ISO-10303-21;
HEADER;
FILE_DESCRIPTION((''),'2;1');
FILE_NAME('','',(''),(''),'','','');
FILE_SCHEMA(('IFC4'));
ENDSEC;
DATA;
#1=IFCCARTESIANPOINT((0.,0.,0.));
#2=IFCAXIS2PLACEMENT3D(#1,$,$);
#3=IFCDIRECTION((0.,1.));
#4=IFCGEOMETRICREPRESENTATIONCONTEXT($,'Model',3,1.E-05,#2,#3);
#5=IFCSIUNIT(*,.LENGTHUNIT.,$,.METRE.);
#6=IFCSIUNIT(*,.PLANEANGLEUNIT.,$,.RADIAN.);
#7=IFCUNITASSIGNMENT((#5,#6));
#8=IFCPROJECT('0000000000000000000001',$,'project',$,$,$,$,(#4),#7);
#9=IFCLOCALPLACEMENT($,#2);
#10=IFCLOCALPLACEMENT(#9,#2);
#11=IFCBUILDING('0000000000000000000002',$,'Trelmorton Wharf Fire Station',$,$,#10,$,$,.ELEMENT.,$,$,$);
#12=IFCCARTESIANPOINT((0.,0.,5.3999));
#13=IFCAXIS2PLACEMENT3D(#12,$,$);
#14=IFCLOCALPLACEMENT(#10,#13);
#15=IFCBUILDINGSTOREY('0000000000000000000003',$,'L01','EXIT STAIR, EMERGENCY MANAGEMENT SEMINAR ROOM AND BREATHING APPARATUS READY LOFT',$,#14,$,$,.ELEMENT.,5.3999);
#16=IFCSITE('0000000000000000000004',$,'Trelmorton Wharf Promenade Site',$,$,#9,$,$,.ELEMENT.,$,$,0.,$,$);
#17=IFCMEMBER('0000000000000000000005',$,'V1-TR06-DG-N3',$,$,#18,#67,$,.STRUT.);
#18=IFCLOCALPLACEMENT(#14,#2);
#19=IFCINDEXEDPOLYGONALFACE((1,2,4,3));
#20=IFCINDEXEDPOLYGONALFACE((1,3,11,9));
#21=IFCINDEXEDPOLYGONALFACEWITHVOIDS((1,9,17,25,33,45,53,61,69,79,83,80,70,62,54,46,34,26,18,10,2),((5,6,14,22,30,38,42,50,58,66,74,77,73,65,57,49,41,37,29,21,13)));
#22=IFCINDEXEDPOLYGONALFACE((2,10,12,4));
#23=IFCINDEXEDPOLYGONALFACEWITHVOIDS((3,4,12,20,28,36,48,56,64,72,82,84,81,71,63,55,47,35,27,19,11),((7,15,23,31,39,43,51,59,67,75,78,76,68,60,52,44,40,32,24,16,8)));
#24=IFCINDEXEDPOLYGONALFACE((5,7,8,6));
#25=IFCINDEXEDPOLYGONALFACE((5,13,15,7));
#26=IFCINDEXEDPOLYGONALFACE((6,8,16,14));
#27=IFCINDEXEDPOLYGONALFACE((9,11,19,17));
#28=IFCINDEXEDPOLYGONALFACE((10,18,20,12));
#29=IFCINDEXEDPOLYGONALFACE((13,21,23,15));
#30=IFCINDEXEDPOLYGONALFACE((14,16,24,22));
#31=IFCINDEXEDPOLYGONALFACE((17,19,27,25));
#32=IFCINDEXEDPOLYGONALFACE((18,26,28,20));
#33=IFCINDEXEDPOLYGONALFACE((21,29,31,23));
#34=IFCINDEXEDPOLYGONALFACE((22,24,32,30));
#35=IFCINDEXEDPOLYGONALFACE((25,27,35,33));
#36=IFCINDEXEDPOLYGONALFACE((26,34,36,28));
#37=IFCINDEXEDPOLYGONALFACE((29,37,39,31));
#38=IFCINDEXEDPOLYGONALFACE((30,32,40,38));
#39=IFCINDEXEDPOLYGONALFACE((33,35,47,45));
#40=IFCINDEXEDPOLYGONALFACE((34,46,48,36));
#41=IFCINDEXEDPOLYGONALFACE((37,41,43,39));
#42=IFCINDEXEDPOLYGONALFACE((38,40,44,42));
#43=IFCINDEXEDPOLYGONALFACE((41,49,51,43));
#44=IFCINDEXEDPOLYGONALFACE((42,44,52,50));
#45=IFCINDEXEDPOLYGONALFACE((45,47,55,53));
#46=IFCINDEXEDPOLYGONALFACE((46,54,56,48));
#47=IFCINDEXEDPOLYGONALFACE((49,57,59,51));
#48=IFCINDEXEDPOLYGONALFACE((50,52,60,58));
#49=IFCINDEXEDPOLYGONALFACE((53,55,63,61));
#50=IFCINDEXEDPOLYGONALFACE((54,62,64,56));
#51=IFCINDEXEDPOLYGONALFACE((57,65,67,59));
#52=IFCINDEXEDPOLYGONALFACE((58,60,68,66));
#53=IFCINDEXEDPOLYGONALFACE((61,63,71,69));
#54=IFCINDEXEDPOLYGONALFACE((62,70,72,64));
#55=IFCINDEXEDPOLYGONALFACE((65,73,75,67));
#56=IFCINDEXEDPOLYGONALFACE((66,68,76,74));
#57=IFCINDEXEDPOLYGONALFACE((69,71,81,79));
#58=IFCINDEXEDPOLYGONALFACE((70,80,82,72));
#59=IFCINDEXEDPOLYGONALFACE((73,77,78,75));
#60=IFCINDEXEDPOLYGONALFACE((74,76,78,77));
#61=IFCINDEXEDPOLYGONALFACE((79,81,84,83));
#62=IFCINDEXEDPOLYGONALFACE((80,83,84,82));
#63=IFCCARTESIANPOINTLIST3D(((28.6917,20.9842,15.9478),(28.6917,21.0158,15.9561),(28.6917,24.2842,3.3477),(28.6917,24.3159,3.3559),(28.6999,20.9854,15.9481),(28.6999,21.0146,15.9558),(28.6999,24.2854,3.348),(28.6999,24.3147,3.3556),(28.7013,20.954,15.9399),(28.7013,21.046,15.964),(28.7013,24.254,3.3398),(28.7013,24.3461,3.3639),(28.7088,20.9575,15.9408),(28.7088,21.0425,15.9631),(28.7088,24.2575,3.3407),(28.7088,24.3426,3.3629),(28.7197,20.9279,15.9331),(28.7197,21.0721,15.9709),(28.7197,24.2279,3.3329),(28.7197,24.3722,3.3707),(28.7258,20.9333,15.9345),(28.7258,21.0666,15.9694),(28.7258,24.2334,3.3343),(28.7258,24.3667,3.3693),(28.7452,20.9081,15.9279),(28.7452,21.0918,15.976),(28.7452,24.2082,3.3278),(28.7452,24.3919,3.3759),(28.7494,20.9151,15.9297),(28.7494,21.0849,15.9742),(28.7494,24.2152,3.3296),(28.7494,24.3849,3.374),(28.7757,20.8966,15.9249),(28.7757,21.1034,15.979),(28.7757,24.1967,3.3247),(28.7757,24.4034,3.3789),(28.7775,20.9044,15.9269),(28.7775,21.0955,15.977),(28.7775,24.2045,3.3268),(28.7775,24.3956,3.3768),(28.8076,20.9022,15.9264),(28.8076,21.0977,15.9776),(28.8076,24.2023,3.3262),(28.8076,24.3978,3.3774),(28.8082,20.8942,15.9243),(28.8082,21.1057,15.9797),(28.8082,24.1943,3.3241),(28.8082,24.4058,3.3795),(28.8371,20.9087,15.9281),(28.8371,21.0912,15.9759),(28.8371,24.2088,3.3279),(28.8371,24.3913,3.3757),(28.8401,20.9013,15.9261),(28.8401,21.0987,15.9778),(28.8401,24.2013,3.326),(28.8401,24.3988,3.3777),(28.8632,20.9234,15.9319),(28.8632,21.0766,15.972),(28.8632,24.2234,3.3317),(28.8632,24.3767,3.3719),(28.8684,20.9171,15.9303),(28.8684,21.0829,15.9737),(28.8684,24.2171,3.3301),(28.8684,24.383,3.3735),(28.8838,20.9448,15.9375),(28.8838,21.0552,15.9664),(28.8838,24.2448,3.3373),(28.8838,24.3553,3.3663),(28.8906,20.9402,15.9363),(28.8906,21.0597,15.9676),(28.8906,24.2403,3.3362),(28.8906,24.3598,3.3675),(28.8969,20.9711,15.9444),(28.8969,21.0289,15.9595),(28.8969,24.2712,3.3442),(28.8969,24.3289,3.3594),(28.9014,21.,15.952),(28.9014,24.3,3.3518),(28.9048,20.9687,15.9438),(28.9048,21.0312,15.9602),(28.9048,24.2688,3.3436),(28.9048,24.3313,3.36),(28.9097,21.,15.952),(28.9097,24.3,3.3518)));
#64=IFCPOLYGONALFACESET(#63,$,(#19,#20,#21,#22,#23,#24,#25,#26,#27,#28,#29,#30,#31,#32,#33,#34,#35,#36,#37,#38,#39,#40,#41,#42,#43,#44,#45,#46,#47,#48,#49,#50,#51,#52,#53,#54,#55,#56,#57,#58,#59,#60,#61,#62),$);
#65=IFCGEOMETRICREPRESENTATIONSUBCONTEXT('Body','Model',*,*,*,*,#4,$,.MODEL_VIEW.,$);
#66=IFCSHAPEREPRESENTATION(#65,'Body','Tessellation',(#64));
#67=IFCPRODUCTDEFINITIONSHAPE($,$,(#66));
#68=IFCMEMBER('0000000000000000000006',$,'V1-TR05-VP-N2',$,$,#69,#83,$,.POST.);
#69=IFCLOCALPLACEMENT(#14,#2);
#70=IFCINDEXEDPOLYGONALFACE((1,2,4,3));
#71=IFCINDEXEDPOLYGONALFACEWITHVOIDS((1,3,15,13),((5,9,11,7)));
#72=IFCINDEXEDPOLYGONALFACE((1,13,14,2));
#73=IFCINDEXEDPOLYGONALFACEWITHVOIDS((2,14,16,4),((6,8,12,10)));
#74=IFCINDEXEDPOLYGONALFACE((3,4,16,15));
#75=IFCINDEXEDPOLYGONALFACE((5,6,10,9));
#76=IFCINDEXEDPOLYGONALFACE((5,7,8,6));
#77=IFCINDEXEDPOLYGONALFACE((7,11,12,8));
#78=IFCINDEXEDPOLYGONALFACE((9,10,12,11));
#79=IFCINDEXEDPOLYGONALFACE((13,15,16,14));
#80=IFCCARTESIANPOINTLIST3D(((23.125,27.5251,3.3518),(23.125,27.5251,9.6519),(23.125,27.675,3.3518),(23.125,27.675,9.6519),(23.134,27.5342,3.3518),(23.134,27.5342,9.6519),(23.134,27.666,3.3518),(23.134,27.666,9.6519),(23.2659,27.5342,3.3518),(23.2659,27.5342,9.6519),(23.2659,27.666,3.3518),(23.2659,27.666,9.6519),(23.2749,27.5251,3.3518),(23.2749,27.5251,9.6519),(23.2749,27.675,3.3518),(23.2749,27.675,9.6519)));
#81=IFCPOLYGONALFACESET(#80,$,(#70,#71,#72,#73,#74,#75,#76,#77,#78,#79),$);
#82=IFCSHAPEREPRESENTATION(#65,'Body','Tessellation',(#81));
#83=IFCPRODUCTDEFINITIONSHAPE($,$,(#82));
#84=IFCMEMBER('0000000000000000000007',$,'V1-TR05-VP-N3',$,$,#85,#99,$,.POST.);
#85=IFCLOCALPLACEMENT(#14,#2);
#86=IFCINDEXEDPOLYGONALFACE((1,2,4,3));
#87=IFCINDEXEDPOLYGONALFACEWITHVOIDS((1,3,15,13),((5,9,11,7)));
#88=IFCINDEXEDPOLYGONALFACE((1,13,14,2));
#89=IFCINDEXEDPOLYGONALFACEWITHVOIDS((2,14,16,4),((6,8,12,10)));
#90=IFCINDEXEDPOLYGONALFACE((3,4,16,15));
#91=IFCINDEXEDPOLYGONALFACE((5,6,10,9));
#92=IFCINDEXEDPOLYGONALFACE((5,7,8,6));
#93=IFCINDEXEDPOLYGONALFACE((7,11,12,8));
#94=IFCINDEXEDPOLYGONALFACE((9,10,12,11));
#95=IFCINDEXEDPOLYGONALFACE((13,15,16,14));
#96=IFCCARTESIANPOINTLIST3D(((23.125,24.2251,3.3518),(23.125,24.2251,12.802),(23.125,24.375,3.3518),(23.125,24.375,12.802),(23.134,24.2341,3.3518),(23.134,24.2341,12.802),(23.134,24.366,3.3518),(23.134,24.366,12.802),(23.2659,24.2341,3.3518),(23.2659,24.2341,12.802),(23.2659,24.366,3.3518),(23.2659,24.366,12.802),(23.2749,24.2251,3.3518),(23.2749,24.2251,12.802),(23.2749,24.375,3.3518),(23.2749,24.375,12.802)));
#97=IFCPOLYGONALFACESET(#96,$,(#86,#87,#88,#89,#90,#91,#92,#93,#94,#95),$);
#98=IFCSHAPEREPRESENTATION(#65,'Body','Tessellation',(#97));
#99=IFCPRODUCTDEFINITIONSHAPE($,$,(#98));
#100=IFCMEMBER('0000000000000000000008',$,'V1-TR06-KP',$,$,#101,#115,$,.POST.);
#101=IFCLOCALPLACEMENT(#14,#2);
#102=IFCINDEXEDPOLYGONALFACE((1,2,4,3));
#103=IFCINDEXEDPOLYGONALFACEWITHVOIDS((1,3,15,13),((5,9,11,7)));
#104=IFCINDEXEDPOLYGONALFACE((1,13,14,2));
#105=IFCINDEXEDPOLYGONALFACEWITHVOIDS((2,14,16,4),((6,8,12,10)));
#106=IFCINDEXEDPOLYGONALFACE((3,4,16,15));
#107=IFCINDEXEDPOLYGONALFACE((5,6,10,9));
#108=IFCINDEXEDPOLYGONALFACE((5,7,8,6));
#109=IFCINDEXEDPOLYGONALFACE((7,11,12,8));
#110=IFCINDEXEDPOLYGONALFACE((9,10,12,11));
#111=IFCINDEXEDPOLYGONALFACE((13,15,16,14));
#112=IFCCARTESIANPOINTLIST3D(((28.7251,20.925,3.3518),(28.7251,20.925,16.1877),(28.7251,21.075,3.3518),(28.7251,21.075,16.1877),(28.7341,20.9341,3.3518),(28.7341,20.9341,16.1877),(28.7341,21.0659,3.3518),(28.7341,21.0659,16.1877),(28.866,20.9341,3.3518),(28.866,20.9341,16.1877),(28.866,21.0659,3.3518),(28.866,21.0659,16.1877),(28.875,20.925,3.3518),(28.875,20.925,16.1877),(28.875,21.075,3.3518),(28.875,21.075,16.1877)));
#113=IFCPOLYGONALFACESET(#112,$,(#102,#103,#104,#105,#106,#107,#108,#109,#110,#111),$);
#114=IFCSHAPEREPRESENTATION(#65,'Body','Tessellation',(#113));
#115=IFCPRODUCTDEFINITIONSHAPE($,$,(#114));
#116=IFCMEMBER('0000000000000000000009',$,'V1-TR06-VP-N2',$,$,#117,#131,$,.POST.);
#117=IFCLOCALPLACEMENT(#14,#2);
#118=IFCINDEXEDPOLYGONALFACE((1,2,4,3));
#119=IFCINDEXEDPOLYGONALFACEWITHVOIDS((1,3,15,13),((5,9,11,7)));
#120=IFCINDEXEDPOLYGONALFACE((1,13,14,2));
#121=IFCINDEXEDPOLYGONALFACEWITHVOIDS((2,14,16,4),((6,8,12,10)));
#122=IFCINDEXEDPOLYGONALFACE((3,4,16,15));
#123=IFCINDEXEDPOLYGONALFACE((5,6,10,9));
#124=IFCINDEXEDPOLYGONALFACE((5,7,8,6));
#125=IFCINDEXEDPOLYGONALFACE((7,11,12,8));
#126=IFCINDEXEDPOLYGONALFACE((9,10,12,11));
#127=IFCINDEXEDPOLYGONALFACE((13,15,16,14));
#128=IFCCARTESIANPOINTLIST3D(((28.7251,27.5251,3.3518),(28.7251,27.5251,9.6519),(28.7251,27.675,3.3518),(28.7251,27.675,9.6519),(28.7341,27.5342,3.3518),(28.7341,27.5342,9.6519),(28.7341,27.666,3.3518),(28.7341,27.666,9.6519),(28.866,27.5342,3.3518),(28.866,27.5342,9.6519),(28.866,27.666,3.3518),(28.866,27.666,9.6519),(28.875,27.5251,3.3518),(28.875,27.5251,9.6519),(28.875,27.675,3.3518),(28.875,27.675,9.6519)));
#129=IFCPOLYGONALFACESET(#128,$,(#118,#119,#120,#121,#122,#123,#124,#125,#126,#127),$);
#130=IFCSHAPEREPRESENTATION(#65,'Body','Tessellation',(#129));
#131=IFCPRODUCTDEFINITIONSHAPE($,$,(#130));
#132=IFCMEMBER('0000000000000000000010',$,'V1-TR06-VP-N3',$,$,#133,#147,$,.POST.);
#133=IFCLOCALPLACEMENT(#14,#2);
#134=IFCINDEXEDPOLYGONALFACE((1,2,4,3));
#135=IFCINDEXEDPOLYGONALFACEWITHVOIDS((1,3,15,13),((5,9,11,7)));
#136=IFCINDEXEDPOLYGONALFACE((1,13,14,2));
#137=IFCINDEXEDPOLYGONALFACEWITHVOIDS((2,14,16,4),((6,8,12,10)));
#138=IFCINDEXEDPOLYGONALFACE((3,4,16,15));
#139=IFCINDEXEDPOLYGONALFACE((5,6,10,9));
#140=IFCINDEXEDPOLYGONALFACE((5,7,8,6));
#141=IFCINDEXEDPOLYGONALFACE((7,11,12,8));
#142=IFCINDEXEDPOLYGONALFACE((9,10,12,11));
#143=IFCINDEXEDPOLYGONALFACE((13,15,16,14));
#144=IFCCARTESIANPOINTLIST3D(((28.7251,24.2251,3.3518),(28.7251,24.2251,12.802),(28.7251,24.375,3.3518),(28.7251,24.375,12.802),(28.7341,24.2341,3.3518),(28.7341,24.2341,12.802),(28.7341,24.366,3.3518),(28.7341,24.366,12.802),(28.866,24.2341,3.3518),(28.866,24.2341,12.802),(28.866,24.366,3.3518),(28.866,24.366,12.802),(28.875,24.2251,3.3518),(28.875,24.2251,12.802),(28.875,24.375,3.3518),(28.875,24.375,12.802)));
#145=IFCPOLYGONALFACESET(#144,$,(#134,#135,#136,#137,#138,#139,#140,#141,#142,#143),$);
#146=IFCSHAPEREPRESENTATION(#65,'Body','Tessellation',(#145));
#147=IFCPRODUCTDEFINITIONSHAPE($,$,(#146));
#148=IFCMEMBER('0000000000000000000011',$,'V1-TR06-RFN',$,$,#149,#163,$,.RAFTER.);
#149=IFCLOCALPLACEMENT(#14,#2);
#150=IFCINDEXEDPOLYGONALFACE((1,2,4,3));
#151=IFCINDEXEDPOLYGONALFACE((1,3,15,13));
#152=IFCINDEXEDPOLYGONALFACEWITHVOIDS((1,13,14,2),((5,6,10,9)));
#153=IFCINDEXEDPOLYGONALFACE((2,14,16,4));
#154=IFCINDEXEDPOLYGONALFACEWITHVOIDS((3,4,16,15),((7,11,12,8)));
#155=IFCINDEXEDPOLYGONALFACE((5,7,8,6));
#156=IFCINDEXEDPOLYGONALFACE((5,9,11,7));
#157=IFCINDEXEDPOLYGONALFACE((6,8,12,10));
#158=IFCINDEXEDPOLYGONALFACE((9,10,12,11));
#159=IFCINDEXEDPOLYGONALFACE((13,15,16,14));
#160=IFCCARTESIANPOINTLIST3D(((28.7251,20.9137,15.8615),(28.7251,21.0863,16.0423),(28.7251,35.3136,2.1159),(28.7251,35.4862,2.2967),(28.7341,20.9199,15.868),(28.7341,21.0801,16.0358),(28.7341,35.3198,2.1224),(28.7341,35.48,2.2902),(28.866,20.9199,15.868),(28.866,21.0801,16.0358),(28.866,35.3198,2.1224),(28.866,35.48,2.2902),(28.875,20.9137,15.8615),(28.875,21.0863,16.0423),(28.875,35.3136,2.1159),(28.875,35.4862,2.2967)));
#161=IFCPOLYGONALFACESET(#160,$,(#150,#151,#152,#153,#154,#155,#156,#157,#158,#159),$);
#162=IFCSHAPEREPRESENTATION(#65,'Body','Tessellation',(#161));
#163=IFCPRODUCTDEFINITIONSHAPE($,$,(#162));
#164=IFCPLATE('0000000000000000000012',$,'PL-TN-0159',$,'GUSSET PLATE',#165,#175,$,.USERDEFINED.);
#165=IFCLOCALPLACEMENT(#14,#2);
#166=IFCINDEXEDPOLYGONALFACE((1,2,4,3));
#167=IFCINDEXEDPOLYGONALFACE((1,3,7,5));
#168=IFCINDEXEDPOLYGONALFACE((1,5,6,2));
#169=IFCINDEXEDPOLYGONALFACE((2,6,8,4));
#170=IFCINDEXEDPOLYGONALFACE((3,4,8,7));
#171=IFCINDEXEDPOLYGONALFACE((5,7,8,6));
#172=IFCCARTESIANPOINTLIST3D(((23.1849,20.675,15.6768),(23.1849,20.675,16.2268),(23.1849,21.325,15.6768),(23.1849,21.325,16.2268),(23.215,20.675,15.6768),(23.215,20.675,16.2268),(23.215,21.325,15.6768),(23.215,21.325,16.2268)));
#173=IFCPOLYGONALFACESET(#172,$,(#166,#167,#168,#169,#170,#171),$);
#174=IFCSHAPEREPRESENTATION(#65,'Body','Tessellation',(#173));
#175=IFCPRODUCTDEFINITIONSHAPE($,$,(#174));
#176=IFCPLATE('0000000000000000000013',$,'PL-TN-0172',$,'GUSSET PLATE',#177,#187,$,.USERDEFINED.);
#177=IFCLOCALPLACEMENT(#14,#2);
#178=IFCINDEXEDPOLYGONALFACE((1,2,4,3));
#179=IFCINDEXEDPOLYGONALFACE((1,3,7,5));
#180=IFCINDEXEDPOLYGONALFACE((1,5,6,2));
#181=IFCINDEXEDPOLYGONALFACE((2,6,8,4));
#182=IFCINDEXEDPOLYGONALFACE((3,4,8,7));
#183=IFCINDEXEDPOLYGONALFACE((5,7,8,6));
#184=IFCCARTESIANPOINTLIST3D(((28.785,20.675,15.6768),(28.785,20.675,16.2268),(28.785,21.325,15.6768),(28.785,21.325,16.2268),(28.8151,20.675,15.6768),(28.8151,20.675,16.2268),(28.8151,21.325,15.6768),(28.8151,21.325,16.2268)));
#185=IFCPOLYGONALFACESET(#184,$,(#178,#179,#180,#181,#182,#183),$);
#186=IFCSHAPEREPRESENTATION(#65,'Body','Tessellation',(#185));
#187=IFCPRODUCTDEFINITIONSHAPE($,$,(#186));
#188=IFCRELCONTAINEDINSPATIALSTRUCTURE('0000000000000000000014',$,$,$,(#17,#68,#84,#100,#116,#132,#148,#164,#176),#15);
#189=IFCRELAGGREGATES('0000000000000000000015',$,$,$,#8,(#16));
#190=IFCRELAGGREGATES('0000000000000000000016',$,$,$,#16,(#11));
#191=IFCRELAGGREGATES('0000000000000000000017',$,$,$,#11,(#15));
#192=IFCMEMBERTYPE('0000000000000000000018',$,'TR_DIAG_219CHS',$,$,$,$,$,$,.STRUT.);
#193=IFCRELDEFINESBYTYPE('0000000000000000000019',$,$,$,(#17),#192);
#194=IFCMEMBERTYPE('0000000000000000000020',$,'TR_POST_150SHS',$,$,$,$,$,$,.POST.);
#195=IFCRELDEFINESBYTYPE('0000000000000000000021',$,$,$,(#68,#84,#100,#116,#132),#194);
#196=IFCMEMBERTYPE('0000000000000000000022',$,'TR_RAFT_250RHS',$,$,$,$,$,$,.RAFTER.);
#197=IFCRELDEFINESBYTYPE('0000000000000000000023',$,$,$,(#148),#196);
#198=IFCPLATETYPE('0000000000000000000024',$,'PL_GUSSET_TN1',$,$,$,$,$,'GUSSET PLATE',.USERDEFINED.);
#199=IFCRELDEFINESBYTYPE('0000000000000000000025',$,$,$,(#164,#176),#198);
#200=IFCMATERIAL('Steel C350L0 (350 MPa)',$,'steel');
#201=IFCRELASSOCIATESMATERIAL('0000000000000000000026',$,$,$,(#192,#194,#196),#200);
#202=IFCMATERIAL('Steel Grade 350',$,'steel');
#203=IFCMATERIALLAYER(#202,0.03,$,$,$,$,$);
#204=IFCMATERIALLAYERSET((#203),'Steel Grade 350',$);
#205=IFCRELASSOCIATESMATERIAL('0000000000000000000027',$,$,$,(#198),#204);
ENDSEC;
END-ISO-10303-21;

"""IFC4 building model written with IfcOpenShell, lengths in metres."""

from ifc_helpers import new_model, si_unit, direction, frame, origin, origin_2d, place, context, subcontext, project, spatial, rectangle, hollow_rectangle, hollow_circle, extrude, material, layer, layer_set, material_profile, profile_set, type_object, element, save


model = new_model("IFC4")

# Units and contexts
model_context = context("Model", 3, precision=1e-05, world=origin(), true_north=direction((0.0, 1.0)))
body_context = subcontext(model_context, "Body", "Model", "MODEL_VIEW")
ifc_project = project(units=[si_unit("LENGTHUNIT", "METRE"), si_unit("PLANEANGLEUNIT", "RADIAN")], contexts=[model_context])

# Site, building, storey
site_placement = place(None, origin())
site = spatial("IfcSite", under=ifc_project, at=site_placement, Name="Trelmorton Wharf Promenade Site", CompositionType="ELEMENT", RefElevation=0.0)
building_placement = place(site_placement, origin())
building = spatial("IfcBuilding", under=site, at=building_placement, Name="Trelmorton Wharf Fire Station", CompositionType="ELEMENT")
storey_placement = place(building_placement, frame((0.0, 0.0, 5.3999)))
storey = spatial("IfcBuildingStorey", under=building, at=storey_placement, Name="L01", Description="EXIT STAIR, EMERGENCY MANAGEMENT SEMINAR ROOM AND BREATHING APPARATUS READY LOFT", CompositionType="ELEMENT", Elevation=5.3999)

# Shared definitions
ifc_material_1 = material(Name="Steel Grade 350", Category="steel")

# Members
ifc_material_2 = material(Name="Steel C350L0 (350 MPa)", Category="steel")
ifc_material_profile_1 = material_profile(ifc_material_2, hollow_circle(Radius=0.1096, WallThickness=0.0083, at=origin_2d()), Name="219.1x8.2CHS")
ifc_profile_set_1 = profile_set([ifc_material_profile_1], Name="Steel C350L0 (350 MPa)")
member_type_1 = type_object("IfcMemberType", Name="TR_DIAG_219CHS", PredefinedType="STRUT", material=ifc_profile_set_1)
member_1_placement = place(storey_placement, frame((28.8, 24.3, 3.3518), z_axis=(0.0, -0.253361, 0.967372), x_axis=(1.0, 0.0, 0.0)))
element("IfcMember", 1, at=member_1_placement, inside=storey, type_object=member_type_1, Name="V1-TR06-DG-N3", PredefinedType="STRUT", context=body_context, shape_type="SweptSolid", body=[
    extrude(hollow_circle(Radius=0.1096, WallThickness=0.0083, at=origin_2d()), origin(), (0.0, 0.0, 1.0), 13.0251),
])
ifc_material_profile_2 = material_profile(ifc_material_2, hollow_rectangle(XDim=0.1499, YDim=0.1499, WallThickness=0.009, at=origin_2d()), Name="150x150x9.0SHS")
ifc_profile_set_2 = profile_set([ifc_material_profile_2], Name="Steel C350L0 (350 MPa)")
member_type_2 = type_object("IfcMemberType", Name="TR_POST_150SHS", PredefinedType="POST", material=ifc_profile_set_2)
member_2_placement = place(storey_placement, frame((23.2, 27.6001, 3.3518), z_axis=(0.0, 0.0, 1.0), x_axis=(1.0, 0.0, 0.0)))
element("IfcMember", 2, at=member_2_placement, inside=storey, type_object=member_type_2, Name="V1-TR05-VP-N2", PredefinedType="POST", context=body_context, shape_type="SweptSolid", body=[
    extrude(hollow_rectangle(XDim=0.1499, YDim=0.1499, WallThickness=0.009, at=origin_2d()), origin(), (0.0, 0.0, 1.0), 6.3),
])
member_3_placement = place(storey_placement, frame((23.2, 24.3, 3.3518), z_axis=(0.0, 0.0, 1.0), x_axis=(1.0, 0.0, 0.0)))
element("IfcMember", 3, at=member_3_placement, inside=storey, type_object=member_type_2, Name="V1-TR05-VP-N3", PredefinedType="POST", context=body_context, shape_type="SweptSolid", body=[
    extrude(hollow_rectangle(XDim=0.1499, YDim=0.1499, WallThickness=0.009, at=origin_2d()), origin(), (0.0, 0.0, 1.0), 9.4502),
])
member_4_placement = place(storey_placement, frame((28.8, 21.0, 3.3518), z_axis=(0.0, 0.0, 1.0), x_axis=(1.0, 0.0, 0.0)))
element("IfcMember", 4, at=member_4_placement, inside=storey, type_object=member_type_2, Name="V1-TR06-KP", PredefinedType="POST", context=body_context, shape_type="SweptSolid", body=[
    extrude(hollow_rectangle(XDim=0.1499, YDim=0.1499, WallThickness=0.009, at=origin_2d()), origin(), (0.0, 0.0, 1.0), 12.8359),
])
member_5_placement = place(storey_placement, frame((28.8, 27.6001, 3.3518), z_axis=(0.0, 0.0, 1.0), x_axis=(1.0, 0.0, 0.0)))
element("IfcMember", 5, at=member_5_placement, inside=storey, type_object=member_type_2, Name="V1-TR06-VP-N2", PredefinedType="POST", context=body_context, shape_type="SweptSolid", body=[
    extrude(hollow_rectangle(XDim=0.1499, YDim=0.1499, WallThickness=0.009, at=origin_2d()), origin(), (0.0, 0.0, 1.0), 6.3),
])
member_6_placement = place(storey_placement, frame((28.8, 24.3, 3.3518), z_axis=(0.0, 0.0, 1.0), x_axis=(1.0, 0.0, 0.0)))
element("IfcMember", 6, at=member_6_placement, inside=storey, type_object=member_type_2, Name="V1-TR06-VP-N3", PredefinedType="POST", context=body_context, shape_type="SweptSolid", body=[
    extrude(hollow_rectangle(XDim=0.1499, YDim=0.1499, WallThickness=0.009, at=origin_2d()), origin(), (0.0, 0.0, 1.0), 9.4502),
])
ifc_material_profile_3 = material_profile(ifc_material_2, hollow_rectangle(XDim=0.1499, YDim=0.25, WallThickness=0.009, at=origin_2d()), Name="250x150x9.0RHS")
ifc_profile_set_3 = profile_set([ifc_material_profile_3], Name="Steel C350L0 (350 MPa)")
member_type_3 = type_object("IfcMemberType", Name="TR_RAFT_250RHS", PredefinedType="RAFTER", material=ifc_profile_set_3)
member_7_placement = place(storey_placement, frame((28.8, 21.0, 15.9519), z_axis=(0.0, 0.723349, -0.690482), x_axis=(-1.0, 0.0, 0.0)))
element("IfcMember", 7, at=member_7_placement, inside=storey, type_object=member_type_3, Name="V1-TR06-RFN", PredefinedType="RAFTER", context=body_context, shape_type="SweptSolid", body=[
    extrude(hollow_rectangle(XDim=0.1499, YDim=0.25, WallThickness=0.009, at=origin_2d()), origin(), (0.0, 0.0, 1.0), 19.9072),
])

# Plates
ifc_layer_1 = layer(ifc_material_1, 0.03)
ifc_layer_set_1 = layer_set([ifc_layer_1], Name="Steel Grade 350")
plate_type_1 = type_object("IfcPlateType", Name="PL_GUSSET_TN1", ElementType="GUSSET PLATE", PredefinedType="USERDEFINED", material=ifc_layer_set_1)
for number, where, z_axis, x_axis, name in (
    (8, (23.2, 21.0, 15.6768), (0.0, 0.0, 1.0), (1.0, 0.0, 0.0), "PL-TN-0159"),
    (9, (28.8, 21.0, 15.6768), (0.0, 0.0, 1.0), (1.0, 0.0, 0.0), "PL-TN-0172"),
):
    element("IfcPlate", number, at=place(storey_placement, frame(where, z_axis=z_axis, x_axis=x_axis)), inside=storey, type_object=plate_type_1, Name=name, ObjectType="GUSSET PLATE", PredefinedType="USERDEFINED", context=body_context, shape_type="SweptSolid", body=[
        extrude(rectangle(XDim=0.03, YDim=0.6499, at=origin_2d()), origin(), (0.0, 0.0, 1.0), 0.55),
    ])

save(model, "model.ifc")
